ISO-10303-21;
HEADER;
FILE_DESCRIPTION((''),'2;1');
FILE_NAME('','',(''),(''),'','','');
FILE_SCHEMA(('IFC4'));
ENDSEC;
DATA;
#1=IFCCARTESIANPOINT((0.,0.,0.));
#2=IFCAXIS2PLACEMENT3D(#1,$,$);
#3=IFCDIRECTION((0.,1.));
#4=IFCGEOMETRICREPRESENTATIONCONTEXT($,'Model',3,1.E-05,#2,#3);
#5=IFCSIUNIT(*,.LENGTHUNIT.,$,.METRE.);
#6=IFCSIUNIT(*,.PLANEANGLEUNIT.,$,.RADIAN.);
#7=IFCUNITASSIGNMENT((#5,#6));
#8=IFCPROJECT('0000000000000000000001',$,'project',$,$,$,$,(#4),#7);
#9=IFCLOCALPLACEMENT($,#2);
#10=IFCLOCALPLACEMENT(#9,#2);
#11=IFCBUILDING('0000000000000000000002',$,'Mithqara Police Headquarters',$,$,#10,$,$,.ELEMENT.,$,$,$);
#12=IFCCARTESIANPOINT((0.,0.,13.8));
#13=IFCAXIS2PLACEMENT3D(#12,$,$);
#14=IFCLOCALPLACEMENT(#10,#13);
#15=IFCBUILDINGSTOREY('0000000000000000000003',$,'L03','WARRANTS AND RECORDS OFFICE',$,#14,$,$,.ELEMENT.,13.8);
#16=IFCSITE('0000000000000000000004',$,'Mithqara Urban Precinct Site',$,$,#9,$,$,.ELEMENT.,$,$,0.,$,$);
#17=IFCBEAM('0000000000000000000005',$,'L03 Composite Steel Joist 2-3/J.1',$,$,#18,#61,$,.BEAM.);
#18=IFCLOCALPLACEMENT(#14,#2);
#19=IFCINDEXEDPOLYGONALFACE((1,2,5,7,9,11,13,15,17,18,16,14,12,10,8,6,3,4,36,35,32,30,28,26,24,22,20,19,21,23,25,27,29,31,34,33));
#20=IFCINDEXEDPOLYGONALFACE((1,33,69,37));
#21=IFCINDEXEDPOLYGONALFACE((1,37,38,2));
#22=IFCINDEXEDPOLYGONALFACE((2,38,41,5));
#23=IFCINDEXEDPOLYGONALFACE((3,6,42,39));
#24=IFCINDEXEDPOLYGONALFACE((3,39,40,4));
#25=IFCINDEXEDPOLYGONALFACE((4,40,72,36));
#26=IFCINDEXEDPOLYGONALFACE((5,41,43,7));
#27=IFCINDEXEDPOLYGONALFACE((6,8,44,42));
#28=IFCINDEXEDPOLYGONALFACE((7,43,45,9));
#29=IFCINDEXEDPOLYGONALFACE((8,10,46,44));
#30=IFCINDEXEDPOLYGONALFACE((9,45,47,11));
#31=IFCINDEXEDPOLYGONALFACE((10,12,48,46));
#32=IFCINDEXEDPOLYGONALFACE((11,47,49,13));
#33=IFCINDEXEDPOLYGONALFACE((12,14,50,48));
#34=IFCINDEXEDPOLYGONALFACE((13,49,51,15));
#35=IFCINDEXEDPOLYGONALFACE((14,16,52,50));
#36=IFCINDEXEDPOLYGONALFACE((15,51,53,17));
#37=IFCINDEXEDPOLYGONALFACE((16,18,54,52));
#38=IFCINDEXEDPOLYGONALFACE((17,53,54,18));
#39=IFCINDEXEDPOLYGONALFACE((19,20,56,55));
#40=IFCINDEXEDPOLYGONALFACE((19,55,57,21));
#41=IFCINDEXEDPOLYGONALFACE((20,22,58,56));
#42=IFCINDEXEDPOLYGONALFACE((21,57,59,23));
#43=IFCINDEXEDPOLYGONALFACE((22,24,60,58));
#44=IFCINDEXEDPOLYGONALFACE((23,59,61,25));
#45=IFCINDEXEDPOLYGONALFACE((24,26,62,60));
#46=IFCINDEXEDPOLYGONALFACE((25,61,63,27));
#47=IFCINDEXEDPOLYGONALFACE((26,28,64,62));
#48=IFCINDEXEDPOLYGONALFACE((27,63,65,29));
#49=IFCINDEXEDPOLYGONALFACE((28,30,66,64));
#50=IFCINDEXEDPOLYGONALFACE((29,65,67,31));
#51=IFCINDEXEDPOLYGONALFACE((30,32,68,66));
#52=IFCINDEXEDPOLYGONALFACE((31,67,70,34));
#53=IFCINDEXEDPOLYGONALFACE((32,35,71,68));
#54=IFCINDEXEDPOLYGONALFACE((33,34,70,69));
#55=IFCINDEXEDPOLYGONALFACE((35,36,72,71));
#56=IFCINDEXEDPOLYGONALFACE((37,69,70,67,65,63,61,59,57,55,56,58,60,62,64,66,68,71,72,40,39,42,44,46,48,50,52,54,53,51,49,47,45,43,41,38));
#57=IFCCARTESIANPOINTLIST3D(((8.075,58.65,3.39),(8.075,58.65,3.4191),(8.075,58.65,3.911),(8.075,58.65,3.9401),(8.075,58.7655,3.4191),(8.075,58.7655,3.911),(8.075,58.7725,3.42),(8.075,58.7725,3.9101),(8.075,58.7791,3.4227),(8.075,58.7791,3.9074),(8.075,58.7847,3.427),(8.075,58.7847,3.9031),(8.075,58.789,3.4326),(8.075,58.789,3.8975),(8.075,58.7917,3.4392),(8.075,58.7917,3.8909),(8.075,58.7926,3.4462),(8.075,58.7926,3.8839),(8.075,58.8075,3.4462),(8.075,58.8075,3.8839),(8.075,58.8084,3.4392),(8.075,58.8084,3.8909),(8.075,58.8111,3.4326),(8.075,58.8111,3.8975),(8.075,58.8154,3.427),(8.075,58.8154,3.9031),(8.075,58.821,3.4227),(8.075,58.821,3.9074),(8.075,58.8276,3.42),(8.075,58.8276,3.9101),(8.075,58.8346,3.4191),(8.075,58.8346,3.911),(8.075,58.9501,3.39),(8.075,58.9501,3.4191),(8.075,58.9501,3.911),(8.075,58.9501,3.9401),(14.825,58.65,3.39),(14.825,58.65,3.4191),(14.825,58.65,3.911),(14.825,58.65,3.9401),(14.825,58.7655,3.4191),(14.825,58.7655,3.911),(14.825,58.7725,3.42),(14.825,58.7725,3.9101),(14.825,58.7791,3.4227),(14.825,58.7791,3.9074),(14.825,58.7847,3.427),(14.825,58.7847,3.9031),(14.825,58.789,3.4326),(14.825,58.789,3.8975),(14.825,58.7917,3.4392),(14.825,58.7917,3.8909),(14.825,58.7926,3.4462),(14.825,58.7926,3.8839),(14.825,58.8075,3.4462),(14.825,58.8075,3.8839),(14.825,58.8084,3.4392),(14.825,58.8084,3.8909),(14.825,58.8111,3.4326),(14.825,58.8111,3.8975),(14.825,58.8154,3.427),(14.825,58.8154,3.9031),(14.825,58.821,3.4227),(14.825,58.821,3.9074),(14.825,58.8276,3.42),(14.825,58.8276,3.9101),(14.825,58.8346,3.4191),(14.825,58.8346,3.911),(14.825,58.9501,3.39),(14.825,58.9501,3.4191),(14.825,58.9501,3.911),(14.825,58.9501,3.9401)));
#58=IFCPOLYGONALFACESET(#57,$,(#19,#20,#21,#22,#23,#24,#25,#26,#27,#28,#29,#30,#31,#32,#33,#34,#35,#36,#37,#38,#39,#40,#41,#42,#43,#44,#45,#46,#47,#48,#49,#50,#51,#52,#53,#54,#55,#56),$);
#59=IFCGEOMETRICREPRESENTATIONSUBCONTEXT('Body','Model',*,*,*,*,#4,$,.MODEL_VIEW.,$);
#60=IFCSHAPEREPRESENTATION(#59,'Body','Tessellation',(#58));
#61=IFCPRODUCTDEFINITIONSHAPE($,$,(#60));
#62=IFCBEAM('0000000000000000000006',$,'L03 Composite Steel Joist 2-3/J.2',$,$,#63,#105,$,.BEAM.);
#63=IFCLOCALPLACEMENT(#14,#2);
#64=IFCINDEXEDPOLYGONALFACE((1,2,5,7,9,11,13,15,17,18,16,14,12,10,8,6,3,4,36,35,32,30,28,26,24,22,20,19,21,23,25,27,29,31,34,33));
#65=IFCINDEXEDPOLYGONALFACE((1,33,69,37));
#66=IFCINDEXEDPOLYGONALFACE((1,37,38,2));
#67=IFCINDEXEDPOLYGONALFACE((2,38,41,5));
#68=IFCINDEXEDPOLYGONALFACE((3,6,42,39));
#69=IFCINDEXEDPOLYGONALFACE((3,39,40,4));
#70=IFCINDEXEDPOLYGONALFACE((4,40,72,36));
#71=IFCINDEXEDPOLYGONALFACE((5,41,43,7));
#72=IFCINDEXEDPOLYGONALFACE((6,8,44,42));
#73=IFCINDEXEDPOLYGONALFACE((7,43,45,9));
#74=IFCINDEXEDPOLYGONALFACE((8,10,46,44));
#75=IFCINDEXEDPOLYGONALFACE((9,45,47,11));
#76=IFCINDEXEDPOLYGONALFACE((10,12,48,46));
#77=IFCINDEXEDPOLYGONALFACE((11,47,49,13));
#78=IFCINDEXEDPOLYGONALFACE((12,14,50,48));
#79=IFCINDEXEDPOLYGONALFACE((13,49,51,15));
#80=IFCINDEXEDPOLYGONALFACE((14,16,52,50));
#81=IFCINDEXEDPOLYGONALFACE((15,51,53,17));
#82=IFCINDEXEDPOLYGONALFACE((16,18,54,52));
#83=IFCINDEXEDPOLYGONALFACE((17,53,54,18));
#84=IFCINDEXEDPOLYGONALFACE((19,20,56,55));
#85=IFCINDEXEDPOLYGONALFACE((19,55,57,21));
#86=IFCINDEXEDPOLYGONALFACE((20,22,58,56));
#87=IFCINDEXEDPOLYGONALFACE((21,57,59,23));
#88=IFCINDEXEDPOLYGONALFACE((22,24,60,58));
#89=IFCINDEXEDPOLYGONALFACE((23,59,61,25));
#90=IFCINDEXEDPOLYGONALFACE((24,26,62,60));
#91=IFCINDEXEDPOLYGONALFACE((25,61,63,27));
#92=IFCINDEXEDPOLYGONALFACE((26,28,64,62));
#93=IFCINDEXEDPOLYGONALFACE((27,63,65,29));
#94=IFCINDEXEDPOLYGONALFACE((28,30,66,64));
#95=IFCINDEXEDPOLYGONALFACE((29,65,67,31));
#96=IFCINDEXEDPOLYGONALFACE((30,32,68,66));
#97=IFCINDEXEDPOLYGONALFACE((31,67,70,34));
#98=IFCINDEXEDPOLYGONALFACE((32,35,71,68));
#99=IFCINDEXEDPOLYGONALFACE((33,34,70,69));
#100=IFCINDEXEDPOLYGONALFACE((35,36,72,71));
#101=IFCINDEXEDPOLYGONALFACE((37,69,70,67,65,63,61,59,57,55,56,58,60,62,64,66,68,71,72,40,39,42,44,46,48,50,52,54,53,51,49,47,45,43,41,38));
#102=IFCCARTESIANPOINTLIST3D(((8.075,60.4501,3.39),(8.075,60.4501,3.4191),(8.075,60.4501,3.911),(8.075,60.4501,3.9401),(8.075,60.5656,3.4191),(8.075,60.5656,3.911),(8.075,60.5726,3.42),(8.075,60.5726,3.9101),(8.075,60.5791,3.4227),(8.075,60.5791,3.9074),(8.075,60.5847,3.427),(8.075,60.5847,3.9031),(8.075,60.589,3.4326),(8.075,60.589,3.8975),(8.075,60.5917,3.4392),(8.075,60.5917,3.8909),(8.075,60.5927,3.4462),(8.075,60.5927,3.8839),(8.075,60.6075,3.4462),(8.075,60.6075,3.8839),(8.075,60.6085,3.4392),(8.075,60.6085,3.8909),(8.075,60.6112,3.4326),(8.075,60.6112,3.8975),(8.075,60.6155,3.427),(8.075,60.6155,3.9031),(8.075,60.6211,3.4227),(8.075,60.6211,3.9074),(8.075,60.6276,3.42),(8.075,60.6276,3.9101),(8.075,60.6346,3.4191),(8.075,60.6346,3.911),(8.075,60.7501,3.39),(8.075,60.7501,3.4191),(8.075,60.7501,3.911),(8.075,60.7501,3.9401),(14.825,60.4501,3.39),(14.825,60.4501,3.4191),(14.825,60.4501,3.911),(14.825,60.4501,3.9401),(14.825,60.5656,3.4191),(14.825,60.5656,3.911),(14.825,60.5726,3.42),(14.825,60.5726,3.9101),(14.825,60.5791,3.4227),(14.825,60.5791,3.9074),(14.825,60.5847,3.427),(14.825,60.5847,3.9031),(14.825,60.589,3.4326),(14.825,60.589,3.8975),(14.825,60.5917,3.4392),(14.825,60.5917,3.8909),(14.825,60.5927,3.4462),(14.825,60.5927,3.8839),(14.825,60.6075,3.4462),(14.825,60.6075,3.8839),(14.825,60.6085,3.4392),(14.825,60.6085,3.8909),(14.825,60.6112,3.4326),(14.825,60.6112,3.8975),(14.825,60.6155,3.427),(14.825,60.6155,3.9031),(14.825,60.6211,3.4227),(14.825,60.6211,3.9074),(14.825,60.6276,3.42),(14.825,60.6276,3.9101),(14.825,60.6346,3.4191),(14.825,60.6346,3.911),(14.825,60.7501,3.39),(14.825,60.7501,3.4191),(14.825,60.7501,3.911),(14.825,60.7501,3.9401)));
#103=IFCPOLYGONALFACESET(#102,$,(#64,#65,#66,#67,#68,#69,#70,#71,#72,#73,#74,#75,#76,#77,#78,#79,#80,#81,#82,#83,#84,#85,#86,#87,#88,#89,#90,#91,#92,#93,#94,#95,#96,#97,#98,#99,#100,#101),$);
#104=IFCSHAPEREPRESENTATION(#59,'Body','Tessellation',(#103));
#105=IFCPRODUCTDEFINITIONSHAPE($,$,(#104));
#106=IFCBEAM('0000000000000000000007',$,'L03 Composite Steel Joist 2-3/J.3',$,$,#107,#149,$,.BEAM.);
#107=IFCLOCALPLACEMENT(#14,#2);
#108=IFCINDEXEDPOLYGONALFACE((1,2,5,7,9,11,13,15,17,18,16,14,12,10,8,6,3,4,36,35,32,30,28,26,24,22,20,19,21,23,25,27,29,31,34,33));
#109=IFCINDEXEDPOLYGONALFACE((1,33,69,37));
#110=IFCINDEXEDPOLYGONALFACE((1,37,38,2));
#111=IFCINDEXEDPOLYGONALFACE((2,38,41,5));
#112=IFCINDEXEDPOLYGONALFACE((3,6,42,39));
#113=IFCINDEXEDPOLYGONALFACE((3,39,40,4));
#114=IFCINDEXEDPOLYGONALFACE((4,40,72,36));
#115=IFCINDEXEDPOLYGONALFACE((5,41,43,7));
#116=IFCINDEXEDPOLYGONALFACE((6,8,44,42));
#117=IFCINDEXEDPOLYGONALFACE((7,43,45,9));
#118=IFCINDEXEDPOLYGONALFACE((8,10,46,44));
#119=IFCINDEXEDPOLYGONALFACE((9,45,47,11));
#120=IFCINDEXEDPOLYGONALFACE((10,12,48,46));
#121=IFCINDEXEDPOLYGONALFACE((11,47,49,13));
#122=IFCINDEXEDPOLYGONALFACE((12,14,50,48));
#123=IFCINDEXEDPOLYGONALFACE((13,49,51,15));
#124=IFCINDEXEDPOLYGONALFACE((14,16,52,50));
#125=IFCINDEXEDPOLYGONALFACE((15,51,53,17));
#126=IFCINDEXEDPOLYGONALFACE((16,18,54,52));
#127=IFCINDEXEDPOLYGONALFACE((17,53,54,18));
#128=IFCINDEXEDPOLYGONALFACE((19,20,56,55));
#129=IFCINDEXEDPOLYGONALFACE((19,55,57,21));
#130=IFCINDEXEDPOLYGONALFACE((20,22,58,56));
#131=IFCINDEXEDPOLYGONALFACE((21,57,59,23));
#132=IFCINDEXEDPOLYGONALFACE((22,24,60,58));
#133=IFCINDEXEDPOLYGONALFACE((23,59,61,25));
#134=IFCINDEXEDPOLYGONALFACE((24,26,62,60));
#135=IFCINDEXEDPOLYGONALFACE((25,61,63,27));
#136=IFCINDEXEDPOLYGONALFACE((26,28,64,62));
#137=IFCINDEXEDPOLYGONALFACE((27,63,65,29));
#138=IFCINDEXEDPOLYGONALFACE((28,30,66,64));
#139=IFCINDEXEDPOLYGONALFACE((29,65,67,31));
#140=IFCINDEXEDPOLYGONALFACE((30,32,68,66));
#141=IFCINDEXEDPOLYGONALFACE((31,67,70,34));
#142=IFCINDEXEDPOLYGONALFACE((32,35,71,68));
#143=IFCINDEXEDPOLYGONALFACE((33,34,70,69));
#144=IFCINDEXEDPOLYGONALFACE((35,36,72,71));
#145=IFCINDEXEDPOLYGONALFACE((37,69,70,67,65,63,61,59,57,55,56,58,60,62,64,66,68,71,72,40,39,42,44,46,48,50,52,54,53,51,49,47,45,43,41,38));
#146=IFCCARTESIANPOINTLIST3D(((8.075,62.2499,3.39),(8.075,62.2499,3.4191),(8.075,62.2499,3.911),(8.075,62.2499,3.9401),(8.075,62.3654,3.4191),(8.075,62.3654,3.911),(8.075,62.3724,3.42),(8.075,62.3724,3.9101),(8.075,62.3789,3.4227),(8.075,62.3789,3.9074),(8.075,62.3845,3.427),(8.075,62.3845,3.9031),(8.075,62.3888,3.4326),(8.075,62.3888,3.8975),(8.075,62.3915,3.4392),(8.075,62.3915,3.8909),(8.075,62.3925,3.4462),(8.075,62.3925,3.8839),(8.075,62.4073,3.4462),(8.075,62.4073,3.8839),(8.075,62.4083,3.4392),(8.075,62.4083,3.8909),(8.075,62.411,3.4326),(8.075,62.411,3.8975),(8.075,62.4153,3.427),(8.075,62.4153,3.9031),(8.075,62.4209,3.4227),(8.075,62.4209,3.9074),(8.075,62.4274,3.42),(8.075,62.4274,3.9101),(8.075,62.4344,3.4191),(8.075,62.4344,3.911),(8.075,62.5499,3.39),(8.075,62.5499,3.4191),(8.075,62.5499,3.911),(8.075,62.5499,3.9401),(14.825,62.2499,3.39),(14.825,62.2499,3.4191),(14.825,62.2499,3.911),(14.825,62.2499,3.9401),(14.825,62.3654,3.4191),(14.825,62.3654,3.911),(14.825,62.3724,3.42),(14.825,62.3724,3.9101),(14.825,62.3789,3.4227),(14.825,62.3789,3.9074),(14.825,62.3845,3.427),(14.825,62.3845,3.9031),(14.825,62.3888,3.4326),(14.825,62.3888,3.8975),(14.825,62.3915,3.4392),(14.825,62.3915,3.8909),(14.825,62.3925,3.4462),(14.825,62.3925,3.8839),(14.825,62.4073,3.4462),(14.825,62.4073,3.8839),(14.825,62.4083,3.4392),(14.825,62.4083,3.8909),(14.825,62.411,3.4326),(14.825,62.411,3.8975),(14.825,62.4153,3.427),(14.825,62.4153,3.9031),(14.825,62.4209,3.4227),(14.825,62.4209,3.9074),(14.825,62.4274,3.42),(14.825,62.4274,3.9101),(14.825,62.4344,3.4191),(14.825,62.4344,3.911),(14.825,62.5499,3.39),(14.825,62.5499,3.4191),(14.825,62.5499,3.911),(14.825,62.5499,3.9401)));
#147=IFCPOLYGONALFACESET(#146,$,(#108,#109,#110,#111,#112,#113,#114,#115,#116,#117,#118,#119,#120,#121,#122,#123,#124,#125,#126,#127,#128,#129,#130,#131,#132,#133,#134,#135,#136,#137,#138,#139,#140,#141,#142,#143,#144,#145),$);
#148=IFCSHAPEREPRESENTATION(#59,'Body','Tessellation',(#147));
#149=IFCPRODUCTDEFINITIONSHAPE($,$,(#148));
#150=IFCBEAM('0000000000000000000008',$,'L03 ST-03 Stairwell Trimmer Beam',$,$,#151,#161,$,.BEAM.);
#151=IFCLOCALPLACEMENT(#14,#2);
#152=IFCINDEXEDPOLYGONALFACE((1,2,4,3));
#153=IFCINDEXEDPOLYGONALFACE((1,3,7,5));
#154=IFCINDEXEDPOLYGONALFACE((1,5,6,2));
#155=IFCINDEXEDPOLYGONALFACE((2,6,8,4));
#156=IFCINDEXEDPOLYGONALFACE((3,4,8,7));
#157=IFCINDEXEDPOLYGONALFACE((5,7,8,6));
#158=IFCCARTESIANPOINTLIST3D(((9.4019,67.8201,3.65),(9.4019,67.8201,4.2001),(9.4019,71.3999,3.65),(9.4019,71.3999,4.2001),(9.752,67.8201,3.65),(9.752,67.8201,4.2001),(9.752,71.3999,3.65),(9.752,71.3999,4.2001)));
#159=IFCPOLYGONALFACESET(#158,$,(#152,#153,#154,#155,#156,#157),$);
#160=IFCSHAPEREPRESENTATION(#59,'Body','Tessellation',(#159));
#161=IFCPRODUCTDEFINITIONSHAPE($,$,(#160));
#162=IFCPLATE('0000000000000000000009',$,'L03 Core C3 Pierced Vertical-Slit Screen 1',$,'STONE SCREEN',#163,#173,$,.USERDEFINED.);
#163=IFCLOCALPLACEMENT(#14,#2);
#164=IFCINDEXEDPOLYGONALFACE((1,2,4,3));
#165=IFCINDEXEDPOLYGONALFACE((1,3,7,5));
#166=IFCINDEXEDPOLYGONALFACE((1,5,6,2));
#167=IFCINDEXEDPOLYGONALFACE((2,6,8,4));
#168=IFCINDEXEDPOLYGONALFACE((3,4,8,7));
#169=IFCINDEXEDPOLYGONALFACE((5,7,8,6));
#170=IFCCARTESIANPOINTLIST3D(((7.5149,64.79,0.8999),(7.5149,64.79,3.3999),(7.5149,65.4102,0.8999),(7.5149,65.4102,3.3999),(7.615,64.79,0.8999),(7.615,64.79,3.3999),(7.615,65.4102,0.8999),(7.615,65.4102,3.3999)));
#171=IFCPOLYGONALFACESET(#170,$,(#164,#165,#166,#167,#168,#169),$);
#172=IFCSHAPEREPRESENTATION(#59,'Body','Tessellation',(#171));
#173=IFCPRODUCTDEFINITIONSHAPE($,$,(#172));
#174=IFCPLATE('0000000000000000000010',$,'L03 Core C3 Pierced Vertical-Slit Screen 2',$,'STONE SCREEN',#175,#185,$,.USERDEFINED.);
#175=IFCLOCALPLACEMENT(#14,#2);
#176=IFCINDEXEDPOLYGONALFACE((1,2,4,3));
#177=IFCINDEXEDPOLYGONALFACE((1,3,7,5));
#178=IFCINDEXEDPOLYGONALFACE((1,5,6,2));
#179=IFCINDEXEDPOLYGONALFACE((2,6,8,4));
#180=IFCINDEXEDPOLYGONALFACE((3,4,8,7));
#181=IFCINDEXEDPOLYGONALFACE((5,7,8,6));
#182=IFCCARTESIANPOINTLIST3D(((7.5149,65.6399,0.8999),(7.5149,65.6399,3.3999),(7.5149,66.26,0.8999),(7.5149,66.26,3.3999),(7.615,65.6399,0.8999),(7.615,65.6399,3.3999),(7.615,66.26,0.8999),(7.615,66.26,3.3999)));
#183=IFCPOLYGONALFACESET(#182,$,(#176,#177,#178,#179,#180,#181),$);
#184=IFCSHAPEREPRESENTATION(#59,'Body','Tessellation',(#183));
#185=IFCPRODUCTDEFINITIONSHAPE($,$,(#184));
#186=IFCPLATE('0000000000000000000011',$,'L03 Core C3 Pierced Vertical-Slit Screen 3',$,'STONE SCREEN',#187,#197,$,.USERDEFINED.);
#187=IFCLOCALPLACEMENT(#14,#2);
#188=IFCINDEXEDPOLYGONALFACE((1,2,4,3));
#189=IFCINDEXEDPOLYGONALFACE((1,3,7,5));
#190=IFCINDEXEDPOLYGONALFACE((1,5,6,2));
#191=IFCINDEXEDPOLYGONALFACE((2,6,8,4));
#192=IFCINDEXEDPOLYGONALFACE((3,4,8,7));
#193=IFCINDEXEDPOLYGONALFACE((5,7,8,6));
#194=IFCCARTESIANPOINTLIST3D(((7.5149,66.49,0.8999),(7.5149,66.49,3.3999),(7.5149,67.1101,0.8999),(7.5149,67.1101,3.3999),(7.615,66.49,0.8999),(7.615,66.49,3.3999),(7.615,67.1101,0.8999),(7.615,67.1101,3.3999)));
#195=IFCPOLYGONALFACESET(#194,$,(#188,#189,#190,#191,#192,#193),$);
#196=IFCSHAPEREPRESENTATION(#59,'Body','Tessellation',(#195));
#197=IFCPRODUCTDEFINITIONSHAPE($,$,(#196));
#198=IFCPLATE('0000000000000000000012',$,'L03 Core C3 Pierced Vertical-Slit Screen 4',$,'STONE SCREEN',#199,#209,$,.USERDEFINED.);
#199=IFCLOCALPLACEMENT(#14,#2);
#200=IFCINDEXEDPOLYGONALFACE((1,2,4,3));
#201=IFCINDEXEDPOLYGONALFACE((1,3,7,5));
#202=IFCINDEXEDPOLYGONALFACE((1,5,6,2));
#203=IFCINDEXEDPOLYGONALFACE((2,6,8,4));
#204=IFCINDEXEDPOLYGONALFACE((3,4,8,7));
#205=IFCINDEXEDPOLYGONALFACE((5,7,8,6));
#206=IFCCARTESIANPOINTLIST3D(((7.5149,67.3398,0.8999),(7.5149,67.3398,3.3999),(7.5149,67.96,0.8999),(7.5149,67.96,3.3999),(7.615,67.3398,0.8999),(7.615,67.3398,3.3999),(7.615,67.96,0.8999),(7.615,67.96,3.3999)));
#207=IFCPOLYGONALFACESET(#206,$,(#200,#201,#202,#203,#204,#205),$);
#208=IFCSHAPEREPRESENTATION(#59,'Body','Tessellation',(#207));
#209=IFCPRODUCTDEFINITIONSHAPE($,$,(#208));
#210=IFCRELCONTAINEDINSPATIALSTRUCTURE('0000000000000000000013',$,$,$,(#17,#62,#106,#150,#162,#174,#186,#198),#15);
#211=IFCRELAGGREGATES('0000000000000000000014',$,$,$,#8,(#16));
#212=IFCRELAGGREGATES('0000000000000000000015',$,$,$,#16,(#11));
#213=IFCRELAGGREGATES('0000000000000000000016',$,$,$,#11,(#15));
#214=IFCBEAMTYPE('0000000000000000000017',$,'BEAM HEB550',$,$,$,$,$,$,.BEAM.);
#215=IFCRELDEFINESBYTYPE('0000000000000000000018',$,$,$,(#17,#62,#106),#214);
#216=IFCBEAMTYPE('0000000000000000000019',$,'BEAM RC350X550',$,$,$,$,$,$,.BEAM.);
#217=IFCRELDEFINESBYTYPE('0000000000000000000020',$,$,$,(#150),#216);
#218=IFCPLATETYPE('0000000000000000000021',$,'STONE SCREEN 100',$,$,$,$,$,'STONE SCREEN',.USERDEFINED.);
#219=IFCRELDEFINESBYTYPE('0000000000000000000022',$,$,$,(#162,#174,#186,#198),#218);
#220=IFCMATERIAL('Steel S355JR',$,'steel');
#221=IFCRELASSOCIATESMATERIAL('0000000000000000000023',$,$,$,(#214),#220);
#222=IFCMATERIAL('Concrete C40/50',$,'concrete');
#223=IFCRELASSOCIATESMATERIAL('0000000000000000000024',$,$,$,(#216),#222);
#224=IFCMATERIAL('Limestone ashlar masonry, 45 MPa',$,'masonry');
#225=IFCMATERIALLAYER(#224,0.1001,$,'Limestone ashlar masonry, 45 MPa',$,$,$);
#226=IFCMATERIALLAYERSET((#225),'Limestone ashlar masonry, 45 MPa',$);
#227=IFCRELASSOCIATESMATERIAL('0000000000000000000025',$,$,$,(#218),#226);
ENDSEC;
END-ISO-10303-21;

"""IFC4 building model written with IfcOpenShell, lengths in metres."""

from ifc_helpers import new_model, si_unit, direction, frame, origin, origin_2d, place, context, subcontext, project, spatial, rectangle, i_section, extrude, material, layer, layer_set, material_profile, profile_set, type_object, element, save


model = new_model("IFC4")

# Units and contexts
model_context = context("Model", 3, precision=1e-05, world=origin(), true_north=direction((0.0, 1.0)))
body_context = subcontext(model_context, "Body", "Model", "MODEL_VIEW")
ifc_project = project(units=[si_unit("LENGTHUNIT", "METRE"), si_unit("PLANEANGLEUNIT", "RADIAN")], contexts=[model_context])

# Site, building, storey
site_placement = place(None, origin())
site = spatial("IfcSite", under=ifc_project, at=site_placement, Name="Mithqara Urban Precinct Site", CompositionType="ELEMENT", RefElevation=0.0)
building_placement = place(site_placement, origin())
building = spatial("IfcBuilding", under=site, at=building_placement, Name="Mithqara Police Headquarters", CompositionType="ELEMENT")
storey_placement = place(building_placement, frame((0.0, 0.0, 13.8)))
storey = spatial("IfcBuildingStorey", under=building, at=storey_placement, Name="L03", Description="WARRANTS AND RECORDS OFFICE", CompositionType="ELEMENT", Elevation=13.8)

# Beams
ifc_material_1 = material(Name="Steel S355JR", Category="steel")
ifc_material_profile_1 = material_profile(ifc_material_1, i_section(OverallWidth=0.3, OverallDepth=0.55, WebThickness=0.0149, FlangeThickness=0.0291, FilletRadius=0.0271, at=origin_2d()), Name="HEB 550")
ifc_profile_set_1 = profile_set([ifc_material_profile_1], Name="Steel S355JR")
beam_type_1 = type_object("IfcBeamType", Name="BEAM HEB550", PredefinedType="BEAM", material=ifc_profile_set_1)
for number, where, z_axis, x_axis, name in (
    (1, (8.075, 58.8, 3.665), (1.0, 0.0, 0.0), (0.0, 1.0, 0.0), "L03 Composite Steel Joist 2-3/J.1"),
    (2, (8.075, 60.6001, 3.665), (1.0, 0.0, 0.0), (0.0, 1.0, 0.0), "L03 Composite Steel Joist 2-3/J.2"),
    (3, (8.075, 62.3999, 3.665), (1.0, 0.0, 0.0), (0.0, 1.0, 0.0), "L03 Composite Steel Joist 2-3/J.3"),
):
    element("IfcBeam", number, at=place(storey_placement, frame(where, z_axis=z_axis, x_axis=x_axis)), inside=storey, type_object=beam_type_1, Name=name, PredefinedType="BEAM", context=body_context, shape_type="SweptSolid", body=[
        extrude(i_section(OverallWidth=0.3, OverallDepth=0.55, WebThickness=0.0149, FlangeThickness=0.0291, FilletRadius=0.0271, at=origin_2d()), origin(), (0.0, 0.0, 1.0), 6.75),
    ])
ifc_material_2 = material(Name="Concrete C40/50", Category="concrete")
ifc_material_profile_2 = material_profile(ifc_material_2, rectangle(XDim=0.3501, YDim=0.55, at=origin_2d()), Name="RC 350x550")
ifc_profile_set_2 = profile_set([ifc_material_profile_2], Name="Concrete C40/50")
beam_type_2 = type_object("IfcBeamType", Name="BEAM RC350X550", PredefinedType="BEAM", material=ifc_profile_set_2)
beam_placement = place(storey_placement, frame((9.5769, 67.8201, 3.925), z_axis=(0.0, 1.0, 0.0), x_axis=(-1.0, 0.0, 0.0)))
element("IfcBeam", 4, at=beam_placement, inside=storey, type_object=beam_type_2, Name="L03 ST-03 Stairwell Trimmer Beam", PredefinedType="BEAM", context=body_context, shape_type="SweptSolid", body=[
    extrude(rectangle(XDim=0.3501, YDim=0.55, at=origin_2d()), origin(), (0.0, 0.0, 1.0), 3.5798),
])

# Plates
ifc_material_3 = material(Name="Limestone ashlar masonry, 45 MPa", Category="masonry")
ifc_layer_1 = layer(ifc_material_3, 0.1001, Name="Limestone ashlar masonry, 45 MPa")
ifc_layer_set_1 = layer_set([ifc_layer_1], Name="Limestone ashlar masonry, 45 MPa")
plate_type = type_object("IfcPlateType", Name="STONE SCREEN 100", ElementType="STONE SCREEN", PredefinedType="USERDEFINED", material=ifc_layer_set_1)
for number, where, z_axis, x_axis, name in (
    (5, (7.5649, 65.1001, 0.8999), (0.0, 0.0, 1.0), (0.0, 1.0, 0.0), "L03 Core C3 Pierced Vertical-Slit Screen 1"),
    (6, (7.5649, 65.95, 0.8999), (0.0, 0.0, 1.0), (0.0, 1.0, 0.0), "L03 Core C3 Pierced Vertical-Slit Screen 2"),
    (7, (7.5649, 66.8, 0.8999), (0.0, 0.0, 1.0), (0.0, 1.0, 0.0), "L03 Core C3 Pierced Vertical-Slit Screen 3"),
    (8, (7.5649, 67.6499, 0.8999), (0.0, 0.0, 1.0), (0.0, 1.0, 0.0), "L03 Core C3 Pierced Vertical-Slit Screen 4"),
):
    element("IfcPlate", number, at=place(storey_placement, frame(where, z_axis=z_axis, x_axis=x_axis)), inside=storey, type_object=plate_type, Name=name, ObjectType="STONE SCREEN", PredefinedType="USERDEFINED", context=body_context, shape_type="SweptSolid", body=[
        extrude(rectangle(XDim=0.6201, YDim=0.1001, at=origin_2d()), origin(), (0.0, 0.0, 1.0), 2.5),
    ])

save(model, "model.ifc")
